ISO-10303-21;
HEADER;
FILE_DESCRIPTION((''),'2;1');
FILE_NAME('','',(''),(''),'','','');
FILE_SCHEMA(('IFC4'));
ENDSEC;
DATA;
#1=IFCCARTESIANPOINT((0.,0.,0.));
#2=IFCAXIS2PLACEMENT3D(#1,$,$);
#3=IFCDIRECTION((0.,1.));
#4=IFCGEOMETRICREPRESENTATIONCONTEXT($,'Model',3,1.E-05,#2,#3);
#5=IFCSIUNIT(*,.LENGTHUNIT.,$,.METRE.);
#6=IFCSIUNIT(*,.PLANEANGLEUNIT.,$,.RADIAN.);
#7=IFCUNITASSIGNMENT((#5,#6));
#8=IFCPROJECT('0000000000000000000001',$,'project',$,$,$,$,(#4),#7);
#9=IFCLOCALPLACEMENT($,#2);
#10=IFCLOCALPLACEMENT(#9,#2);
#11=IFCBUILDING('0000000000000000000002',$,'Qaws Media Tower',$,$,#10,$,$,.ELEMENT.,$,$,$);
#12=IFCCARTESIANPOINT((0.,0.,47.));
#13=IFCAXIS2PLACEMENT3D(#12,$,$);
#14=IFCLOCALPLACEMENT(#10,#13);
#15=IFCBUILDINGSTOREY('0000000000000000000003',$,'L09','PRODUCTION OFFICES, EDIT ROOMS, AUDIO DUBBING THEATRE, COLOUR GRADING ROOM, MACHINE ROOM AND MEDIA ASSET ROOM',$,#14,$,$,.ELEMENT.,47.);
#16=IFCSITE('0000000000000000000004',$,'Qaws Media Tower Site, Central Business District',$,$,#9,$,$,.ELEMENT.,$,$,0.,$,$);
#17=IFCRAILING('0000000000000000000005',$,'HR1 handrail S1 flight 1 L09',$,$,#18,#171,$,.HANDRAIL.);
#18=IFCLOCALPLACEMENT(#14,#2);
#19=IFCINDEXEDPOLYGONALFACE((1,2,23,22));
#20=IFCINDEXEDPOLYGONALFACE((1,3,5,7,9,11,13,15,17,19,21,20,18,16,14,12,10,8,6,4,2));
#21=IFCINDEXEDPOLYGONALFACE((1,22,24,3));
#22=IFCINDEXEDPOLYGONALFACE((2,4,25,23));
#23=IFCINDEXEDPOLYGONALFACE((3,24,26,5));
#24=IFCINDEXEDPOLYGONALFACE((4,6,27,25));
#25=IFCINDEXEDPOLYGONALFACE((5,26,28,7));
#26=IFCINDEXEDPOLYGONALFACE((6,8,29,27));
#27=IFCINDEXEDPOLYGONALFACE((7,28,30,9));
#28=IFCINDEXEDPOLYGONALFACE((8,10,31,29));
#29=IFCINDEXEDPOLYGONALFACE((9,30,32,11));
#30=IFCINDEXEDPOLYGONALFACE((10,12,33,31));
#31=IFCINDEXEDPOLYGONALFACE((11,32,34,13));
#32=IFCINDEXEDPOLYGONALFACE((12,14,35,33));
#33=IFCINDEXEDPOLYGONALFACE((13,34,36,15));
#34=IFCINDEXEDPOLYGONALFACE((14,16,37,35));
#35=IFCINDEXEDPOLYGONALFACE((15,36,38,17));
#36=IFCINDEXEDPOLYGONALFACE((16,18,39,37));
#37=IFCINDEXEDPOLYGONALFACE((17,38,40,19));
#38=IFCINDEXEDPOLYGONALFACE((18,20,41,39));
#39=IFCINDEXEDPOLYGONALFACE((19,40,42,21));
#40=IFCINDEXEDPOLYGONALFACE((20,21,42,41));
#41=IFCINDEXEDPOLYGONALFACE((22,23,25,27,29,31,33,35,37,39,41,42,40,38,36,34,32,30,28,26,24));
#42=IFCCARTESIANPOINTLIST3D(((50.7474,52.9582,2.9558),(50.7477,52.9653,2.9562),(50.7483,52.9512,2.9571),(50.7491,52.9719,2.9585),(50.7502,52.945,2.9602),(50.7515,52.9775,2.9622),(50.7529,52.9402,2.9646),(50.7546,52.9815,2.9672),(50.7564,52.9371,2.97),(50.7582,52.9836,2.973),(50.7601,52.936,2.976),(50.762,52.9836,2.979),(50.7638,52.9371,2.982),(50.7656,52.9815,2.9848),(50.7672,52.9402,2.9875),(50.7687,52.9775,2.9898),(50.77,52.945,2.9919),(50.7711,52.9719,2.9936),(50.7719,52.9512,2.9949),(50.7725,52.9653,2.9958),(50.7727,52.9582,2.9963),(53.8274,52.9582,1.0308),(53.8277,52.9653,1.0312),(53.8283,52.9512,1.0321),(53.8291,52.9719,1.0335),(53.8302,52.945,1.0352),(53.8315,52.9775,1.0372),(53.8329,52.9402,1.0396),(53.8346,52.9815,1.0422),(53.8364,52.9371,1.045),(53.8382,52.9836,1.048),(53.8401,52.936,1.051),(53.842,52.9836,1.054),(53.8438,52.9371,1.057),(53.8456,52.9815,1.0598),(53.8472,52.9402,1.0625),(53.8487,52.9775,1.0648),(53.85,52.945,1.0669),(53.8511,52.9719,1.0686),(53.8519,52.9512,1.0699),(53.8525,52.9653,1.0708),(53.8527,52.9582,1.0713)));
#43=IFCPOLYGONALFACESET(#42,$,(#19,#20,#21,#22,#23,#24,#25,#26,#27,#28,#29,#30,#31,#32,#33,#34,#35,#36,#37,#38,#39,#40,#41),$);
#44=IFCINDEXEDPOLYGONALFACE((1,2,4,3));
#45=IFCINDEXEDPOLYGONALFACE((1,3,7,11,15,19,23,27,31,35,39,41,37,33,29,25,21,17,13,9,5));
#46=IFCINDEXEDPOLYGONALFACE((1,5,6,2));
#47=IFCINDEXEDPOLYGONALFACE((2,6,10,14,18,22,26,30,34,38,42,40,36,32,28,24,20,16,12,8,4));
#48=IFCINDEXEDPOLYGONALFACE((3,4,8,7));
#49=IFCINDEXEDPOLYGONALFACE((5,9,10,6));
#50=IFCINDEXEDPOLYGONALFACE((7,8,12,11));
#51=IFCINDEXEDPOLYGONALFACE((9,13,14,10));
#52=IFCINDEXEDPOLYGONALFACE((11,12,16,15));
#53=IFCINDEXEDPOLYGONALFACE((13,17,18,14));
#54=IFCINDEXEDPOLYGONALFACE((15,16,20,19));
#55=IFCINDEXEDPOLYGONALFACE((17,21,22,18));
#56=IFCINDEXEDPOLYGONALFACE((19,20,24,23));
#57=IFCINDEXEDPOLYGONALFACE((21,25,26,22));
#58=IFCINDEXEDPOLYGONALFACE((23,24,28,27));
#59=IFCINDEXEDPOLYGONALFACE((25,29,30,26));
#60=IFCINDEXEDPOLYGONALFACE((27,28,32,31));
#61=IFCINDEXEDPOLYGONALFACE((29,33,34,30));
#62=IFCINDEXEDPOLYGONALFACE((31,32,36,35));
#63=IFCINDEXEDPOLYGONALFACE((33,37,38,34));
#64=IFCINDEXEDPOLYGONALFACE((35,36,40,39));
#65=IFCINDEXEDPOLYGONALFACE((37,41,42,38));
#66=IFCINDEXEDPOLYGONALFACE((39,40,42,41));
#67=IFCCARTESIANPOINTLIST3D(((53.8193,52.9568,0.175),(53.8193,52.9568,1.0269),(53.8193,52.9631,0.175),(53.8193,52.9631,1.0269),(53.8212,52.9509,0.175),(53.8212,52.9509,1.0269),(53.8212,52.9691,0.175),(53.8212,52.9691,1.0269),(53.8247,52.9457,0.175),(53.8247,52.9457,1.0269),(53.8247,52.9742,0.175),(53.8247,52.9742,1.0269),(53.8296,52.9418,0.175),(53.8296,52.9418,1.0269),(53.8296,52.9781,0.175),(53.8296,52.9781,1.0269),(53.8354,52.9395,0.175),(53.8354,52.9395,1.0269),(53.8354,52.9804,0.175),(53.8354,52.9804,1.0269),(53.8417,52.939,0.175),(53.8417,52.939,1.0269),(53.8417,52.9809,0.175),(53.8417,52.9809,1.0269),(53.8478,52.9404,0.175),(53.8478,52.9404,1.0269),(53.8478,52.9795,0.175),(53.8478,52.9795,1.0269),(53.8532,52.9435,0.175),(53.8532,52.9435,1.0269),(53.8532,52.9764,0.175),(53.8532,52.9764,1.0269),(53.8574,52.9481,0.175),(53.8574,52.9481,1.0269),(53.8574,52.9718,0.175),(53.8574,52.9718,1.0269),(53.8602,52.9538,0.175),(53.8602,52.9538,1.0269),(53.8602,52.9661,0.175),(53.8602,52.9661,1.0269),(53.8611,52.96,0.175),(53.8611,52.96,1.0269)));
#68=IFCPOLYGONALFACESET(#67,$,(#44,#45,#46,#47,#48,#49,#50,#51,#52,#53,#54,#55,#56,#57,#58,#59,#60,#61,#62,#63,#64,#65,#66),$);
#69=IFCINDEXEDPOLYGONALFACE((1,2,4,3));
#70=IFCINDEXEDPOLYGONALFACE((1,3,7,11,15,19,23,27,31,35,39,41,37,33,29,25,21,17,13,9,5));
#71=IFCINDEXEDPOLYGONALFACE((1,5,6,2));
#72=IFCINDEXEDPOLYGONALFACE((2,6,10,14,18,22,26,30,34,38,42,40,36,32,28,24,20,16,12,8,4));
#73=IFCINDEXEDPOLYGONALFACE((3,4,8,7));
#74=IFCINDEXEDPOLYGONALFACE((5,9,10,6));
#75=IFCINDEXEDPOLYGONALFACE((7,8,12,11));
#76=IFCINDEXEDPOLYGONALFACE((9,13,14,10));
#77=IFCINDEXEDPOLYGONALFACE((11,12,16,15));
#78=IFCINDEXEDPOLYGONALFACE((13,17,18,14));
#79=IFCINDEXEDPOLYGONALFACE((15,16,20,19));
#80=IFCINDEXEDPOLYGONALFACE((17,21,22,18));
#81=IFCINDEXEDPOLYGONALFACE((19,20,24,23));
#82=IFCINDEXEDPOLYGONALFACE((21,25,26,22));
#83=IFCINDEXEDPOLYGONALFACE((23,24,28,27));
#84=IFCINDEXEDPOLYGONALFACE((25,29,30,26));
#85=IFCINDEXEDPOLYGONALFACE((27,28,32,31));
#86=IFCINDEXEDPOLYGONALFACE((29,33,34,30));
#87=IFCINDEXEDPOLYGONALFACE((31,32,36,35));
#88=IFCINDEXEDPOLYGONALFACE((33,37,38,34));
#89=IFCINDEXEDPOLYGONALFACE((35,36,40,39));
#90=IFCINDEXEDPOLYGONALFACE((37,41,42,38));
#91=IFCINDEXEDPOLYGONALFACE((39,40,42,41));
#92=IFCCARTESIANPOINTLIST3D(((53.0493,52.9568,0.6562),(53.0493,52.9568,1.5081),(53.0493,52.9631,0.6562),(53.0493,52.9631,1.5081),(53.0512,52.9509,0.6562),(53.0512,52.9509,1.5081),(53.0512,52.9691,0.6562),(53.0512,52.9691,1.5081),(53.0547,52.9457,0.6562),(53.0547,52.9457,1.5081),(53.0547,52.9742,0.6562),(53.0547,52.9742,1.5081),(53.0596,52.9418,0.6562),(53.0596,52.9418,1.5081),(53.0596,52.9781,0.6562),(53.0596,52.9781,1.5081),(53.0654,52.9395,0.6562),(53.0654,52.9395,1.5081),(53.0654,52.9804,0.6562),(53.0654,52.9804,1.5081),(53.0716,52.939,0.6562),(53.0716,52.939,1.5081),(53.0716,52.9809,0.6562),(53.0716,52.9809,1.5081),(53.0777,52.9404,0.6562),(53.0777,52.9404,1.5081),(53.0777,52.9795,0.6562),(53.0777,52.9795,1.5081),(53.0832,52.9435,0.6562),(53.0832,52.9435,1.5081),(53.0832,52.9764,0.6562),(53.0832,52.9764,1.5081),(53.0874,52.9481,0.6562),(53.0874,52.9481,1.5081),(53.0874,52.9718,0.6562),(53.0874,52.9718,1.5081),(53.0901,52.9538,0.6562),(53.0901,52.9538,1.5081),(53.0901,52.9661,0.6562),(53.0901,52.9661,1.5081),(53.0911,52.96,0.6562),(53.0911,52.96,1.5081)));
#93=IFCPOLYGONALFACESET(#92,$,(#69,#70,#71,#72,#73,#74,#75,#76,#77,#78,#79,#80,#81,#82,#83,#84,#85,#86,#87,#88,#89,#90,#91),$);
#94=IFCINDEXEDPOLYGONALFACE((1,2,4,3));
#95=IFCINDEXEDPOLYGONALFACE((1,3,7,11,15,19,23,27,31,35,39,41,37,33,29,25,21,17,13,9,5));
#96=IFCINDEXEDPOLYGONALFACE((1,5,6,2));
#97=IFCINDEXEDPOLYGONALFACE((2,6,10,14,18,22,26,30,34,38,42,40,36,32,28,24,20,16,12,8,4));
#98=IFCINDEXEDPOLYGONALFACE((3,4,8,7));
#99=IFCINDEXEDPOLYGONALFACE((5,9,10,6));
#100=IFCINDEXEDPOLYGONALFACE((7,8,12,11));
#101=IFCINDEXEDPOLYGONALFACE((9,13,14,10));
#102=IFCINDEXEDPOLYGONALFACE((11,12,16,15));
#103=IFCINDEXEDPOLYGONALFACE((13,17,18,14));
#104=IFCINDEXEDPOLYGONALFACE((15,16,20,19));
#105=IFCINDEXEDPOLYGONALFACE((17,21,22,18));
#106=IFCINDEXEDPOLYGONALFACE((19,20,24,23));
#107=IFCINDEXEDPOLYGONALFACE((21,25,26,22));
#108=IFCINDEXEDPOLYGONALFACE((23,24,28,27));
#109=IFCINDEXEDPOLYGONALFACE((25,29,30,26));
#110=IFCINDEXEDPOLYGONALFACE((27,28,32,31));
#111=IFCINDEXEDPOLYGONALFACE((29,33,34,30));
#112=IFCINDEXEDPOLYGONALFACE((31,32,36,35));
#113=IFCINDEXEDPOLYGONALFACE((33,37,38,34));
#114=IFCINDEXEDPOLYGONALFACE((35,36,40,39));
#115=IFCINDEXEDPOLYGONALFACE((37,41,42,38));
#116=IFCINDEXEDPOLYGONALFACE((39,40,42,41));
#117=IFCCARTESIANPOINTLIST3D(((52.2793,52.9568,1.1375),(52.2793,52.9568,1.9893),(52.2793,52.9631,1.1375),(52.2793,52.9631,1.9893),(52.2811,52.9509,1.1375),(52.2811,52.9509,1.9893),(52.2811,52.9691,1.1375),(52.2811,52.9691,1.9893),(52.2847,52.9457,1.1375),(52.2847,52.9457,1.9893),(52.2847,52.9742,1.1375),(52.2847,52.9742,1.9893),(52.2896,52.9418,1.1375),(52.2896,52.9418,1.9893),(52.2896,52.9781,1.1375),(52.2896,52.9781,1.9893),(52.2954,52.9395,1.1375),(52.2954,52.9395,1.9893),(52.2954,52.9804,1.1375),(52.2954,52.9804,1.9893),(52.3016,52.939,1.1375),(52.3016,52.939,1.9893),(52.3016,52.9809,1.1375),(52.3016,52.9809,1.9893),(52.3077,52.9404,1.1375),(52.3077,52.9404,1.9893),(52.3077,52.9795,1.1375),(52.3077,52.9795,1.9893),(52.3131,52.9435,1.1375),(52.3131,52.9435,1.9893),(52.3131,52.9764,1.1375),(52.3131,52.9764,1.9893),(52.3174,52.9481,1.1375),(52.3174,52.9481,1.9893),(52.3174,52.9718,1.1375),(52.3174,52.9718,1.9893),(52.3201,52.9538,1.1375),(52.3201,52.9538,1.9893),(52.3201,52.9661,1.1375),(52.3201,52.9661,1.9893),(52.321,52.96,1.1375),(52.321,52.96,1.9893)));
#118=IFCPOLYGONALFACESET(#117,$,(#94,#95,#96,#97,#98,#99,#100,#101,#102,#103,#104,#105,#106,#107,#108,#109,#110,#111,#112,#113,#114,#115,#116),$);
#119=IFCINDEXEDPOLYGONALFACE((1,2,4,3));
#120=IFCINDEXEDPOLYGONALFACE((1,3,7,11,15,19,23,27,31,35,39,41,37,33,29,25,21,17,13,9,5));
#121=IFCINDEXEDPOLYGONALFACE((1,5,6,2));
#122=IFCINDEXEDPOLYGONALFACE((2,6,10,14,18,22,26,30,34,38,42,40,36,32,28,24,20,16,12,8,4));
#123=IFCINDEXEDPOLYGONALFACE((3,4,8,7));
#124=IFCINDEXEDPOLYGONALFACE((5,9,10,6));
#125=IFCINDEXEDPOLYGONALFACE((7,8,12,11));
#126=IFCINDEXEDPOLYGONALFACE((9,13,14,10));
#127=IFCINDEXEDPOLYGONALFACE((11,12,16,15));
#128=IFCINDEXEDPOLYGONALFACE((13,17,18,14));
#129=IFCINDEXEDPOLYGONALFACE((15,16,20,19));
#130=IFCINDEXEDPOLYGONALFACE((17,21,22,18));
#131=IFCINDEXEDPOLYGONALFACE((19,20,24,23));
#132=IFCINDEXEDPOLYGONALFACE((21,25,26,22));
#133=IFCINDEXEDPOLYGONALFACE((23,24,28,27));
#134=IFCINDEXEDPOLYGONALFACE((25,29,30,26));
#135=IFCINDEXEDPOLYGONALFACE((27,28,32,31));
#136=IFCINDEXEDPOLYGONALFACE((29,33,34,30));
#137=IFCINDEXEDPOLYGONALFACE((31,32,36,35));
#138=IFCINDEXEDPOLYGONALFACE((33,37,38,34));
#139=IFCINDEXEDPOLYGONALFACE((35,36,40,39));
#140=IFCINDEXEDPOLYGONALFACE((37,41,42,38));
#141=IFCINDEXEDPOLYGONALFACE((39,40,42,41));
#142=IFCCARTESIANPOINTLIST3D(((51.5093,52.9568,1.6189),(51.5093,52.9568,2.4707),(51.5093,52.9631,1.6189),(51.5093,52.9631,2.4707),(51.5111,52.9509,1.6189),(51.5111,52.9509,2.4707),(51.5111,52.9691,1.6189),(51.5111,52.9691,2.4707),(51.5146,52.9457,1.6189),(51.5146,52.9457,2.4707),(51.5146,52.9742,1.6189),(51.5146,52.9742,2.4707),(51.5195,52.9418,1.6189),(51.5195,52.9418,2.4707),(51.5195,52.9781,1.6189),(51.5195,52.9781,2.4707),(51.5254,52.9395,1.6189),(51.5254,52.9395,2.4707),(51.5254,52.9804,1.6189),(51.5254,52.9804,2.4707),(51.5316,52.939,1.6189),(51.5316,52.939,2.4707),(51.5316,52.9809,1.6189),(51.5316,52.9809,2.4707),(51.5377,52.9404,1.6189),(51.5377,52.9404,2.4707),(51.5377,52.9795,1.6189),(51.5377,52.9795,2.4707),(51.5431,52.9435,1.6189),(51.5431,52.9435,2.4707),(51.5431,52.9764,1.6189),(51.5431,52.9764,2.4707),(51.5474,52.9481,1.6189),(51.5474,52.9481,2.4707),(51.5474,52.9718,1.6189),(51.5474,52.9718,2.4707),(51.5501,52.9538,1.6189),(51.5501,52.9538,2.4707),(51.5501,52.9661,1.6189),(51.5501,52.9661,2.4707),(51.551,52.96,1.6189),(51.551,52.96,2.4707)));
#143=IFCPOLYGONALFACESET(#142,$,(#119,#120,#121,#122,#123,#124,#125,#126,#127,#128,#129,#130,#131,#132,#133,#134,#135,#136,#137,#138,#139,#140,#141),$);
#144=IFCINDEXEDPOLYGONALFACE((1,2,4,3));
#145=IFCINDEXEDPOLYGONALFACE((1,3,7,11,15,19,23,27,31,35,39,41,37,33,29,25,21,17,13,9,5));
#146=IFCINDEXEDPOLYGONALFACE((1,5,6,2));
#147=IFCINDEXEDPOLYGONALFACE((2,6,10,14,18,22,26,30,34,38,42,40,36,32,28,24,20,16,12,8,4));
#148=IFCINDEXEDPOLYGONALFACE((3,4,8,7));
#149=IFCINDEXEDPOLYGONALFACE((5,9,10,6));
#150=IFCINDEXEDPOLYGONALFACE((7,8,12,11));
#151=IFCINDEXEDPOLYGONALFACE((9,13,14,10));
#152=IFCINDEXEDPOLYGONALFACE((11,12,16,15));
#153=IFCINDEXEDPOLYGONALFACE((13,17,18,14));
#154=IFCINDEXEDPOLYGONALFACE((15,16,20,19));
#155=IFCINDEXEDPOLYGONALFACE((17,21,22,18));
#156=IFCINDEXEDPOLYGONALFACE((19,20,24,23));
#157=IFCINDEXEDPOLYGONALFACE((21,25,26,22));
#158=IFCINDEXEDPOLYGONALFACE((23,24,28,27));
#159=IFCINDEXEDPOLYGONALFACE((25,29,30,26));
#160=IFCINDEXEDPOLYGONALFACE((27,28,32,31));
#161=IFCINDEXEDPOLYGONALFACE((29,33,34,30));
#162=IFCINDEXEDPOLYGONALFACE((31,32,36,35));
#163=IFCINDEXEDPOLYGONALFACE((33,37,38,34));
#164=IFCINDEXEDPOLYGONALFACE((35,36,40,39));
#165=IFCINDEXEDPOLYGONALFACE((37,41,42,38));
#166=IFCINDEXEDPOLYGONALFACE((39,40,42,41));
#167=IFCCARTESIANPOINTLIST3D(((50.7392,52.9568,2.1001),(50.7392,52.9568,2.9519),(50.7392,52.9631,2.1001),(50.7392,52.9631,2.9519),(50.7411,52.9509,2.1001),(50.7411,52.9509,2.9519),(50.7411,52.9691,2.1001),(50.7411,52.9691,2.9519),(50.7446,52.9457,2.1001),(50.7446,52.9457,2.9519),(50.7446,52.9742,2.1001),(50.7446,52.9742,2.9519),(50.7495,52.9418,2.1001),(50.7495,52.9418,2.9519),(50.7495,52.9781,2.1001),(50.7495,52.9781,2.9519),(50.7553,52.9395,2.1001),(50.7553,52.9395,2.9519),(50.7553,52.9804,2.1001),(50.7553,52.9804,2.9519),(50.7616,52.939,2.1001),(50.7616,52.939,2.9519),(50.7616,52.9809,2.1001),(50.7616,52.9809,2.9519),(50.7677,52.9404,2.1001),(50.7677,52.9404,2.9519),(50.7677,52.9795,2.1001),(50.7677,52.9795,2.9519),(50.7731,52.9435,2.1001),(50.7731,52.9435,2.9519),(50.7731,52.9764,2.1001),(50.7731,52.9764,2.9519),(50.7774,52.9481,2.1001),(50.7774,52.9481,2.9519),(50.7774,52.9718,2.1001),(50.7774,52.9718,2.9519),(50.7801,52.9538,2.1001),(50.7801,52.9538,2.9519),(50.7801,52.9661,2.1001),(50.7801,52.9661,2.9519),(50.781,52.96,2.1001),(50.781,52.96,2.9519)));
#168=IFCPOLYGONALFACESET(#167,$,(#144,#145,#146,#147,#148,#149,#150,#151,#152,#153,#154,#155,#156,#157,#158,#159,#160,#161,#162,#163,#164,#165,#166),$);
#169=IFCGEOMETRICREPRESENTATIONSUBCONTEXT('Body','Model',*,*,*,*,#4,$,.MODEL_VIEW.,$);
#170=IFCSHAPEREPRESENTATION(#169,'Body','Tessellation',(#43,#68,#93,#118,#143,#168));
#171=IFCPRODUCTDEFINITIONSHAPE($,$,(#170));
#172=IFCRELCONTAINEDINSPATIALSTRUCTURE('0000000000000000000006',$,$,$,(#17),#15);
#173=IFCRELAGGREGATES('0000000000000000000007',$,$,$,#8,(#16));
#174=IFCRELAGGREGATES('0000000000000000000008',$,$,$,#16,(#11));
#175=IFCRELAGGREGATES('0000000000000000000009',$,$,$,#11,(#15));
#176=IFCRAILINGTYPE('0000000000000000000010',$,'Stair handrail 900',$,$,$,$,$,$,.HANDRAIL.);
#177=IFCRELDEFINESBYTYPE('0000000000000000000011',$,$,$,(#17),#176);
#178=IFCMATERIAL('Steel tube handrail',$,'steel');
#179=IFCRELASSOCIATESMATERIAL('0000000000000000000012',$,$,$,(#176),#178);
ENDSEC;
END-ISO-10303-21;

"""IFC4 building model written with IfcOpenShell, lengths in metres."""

from ifc_helpers import new_model, si_unit, direction, frame, origin, origin_2d, place, context, subcontext, project, spatial, circle, extrude, material, type_object, element, save


model = new_model("IFC4")

# Units and contexts
model_context = context("Model", 3, precision=1e-05, world=origin(), true_north=direction((0.0, 1.0)))
body_context = subcontext(model_context, "Body", "Model", "MODEL_VIEW")
ifc_project = project(units=[si_unit("LENGTHUNIT", "METRE"), si_unit("PLANEANGLEUNIT", "RADIAN")], contexts=[model_context])

# Site, building, storey
site_placement = place(None, origin())
site = spatial("IfcSite", under=ifc_project, at=site_placement, Name="Qaws Media Tower Site, Central Business District", CompositionType="ELEMENT", RefElevation=0.0)
building_placement = place(site_placement, origin())
building = spatial("IfcBuilding", under=site, at=building_placement, Name="Qaws Media Tower", CompositionType="ELEMENT")
storey_placement = place(building_placement, frame((0.0, 0.0, 47.0)))
storey = spatial("IfcBuildingStorey", under=building, at=storey_placement, Name="L09", Description="PRODUCTION OFFICES, EDIT ROOMS, AUDIO DUBBING THEATRE, COLOUR GRADING ROOM, MACHINE ROOM AND MEDIA ASSET ROOM", CompositionType="ELEMENT", Elevation=47.0)

# Railing
ifc_material_1 = material(Name="Steel tube handrail", Category="steel")
railing_type = type_object("IfcRailingType", Name="Stair handrail 900", PredefinedType="HANDRAIL", material=ifc_material_1)
for number, where, name in (
    (1, (53.8401, 52.96, 0.175), "HR1 handrail S1 flight 1 L09"),
):
    element("IfcRailing", number, at=place(storey_placement, frame(where)), inside=storey, type_object=railing_type, Name=name, PredefinedType="HANDRAIL", context=body_context, shape_type="SweptSolid", body=[
        extrude(circle(Radius=0.0239, at=origin_2d()), frame((0.0, 0.0, 0.876), z_axis=(-0.847998, 0.0, 0.529999), x_axis=(0.0, -1.0, 0.0)), (0.0, 0.0, 1.0), 3.6321),
        extrude(circle(Radius=0.021, at=origin_2d()), origin(), (0.0, 0.0, 1.0), 0.8518),
        extrude(circle(Radius=0.021, at=origin_2d()), frame((-0.77, 0.0, 0.4812)), (0.0, 0.0, 1.0), 0.8518),
        extrude(circle(Radius=0.021, at=origin_2d()), frame((-1.54, 0.0, 0.9624)), (0.0, 0.0, 1.0), 0.8518),
        extrude(circle(Radius=0.021, at=origin_2d()), frame((-2.3101, 0.0, 1.4438)), (0.0, 0.0, 1.0), 0.8518),
        extrude(circle(Radius=0.021, at=origin_2d()), frame((-3.0801, 0.0, 1.925)), (0.0, 0.0, 1.0), 0.8518),
    ])

save(model, "model.ifc")
